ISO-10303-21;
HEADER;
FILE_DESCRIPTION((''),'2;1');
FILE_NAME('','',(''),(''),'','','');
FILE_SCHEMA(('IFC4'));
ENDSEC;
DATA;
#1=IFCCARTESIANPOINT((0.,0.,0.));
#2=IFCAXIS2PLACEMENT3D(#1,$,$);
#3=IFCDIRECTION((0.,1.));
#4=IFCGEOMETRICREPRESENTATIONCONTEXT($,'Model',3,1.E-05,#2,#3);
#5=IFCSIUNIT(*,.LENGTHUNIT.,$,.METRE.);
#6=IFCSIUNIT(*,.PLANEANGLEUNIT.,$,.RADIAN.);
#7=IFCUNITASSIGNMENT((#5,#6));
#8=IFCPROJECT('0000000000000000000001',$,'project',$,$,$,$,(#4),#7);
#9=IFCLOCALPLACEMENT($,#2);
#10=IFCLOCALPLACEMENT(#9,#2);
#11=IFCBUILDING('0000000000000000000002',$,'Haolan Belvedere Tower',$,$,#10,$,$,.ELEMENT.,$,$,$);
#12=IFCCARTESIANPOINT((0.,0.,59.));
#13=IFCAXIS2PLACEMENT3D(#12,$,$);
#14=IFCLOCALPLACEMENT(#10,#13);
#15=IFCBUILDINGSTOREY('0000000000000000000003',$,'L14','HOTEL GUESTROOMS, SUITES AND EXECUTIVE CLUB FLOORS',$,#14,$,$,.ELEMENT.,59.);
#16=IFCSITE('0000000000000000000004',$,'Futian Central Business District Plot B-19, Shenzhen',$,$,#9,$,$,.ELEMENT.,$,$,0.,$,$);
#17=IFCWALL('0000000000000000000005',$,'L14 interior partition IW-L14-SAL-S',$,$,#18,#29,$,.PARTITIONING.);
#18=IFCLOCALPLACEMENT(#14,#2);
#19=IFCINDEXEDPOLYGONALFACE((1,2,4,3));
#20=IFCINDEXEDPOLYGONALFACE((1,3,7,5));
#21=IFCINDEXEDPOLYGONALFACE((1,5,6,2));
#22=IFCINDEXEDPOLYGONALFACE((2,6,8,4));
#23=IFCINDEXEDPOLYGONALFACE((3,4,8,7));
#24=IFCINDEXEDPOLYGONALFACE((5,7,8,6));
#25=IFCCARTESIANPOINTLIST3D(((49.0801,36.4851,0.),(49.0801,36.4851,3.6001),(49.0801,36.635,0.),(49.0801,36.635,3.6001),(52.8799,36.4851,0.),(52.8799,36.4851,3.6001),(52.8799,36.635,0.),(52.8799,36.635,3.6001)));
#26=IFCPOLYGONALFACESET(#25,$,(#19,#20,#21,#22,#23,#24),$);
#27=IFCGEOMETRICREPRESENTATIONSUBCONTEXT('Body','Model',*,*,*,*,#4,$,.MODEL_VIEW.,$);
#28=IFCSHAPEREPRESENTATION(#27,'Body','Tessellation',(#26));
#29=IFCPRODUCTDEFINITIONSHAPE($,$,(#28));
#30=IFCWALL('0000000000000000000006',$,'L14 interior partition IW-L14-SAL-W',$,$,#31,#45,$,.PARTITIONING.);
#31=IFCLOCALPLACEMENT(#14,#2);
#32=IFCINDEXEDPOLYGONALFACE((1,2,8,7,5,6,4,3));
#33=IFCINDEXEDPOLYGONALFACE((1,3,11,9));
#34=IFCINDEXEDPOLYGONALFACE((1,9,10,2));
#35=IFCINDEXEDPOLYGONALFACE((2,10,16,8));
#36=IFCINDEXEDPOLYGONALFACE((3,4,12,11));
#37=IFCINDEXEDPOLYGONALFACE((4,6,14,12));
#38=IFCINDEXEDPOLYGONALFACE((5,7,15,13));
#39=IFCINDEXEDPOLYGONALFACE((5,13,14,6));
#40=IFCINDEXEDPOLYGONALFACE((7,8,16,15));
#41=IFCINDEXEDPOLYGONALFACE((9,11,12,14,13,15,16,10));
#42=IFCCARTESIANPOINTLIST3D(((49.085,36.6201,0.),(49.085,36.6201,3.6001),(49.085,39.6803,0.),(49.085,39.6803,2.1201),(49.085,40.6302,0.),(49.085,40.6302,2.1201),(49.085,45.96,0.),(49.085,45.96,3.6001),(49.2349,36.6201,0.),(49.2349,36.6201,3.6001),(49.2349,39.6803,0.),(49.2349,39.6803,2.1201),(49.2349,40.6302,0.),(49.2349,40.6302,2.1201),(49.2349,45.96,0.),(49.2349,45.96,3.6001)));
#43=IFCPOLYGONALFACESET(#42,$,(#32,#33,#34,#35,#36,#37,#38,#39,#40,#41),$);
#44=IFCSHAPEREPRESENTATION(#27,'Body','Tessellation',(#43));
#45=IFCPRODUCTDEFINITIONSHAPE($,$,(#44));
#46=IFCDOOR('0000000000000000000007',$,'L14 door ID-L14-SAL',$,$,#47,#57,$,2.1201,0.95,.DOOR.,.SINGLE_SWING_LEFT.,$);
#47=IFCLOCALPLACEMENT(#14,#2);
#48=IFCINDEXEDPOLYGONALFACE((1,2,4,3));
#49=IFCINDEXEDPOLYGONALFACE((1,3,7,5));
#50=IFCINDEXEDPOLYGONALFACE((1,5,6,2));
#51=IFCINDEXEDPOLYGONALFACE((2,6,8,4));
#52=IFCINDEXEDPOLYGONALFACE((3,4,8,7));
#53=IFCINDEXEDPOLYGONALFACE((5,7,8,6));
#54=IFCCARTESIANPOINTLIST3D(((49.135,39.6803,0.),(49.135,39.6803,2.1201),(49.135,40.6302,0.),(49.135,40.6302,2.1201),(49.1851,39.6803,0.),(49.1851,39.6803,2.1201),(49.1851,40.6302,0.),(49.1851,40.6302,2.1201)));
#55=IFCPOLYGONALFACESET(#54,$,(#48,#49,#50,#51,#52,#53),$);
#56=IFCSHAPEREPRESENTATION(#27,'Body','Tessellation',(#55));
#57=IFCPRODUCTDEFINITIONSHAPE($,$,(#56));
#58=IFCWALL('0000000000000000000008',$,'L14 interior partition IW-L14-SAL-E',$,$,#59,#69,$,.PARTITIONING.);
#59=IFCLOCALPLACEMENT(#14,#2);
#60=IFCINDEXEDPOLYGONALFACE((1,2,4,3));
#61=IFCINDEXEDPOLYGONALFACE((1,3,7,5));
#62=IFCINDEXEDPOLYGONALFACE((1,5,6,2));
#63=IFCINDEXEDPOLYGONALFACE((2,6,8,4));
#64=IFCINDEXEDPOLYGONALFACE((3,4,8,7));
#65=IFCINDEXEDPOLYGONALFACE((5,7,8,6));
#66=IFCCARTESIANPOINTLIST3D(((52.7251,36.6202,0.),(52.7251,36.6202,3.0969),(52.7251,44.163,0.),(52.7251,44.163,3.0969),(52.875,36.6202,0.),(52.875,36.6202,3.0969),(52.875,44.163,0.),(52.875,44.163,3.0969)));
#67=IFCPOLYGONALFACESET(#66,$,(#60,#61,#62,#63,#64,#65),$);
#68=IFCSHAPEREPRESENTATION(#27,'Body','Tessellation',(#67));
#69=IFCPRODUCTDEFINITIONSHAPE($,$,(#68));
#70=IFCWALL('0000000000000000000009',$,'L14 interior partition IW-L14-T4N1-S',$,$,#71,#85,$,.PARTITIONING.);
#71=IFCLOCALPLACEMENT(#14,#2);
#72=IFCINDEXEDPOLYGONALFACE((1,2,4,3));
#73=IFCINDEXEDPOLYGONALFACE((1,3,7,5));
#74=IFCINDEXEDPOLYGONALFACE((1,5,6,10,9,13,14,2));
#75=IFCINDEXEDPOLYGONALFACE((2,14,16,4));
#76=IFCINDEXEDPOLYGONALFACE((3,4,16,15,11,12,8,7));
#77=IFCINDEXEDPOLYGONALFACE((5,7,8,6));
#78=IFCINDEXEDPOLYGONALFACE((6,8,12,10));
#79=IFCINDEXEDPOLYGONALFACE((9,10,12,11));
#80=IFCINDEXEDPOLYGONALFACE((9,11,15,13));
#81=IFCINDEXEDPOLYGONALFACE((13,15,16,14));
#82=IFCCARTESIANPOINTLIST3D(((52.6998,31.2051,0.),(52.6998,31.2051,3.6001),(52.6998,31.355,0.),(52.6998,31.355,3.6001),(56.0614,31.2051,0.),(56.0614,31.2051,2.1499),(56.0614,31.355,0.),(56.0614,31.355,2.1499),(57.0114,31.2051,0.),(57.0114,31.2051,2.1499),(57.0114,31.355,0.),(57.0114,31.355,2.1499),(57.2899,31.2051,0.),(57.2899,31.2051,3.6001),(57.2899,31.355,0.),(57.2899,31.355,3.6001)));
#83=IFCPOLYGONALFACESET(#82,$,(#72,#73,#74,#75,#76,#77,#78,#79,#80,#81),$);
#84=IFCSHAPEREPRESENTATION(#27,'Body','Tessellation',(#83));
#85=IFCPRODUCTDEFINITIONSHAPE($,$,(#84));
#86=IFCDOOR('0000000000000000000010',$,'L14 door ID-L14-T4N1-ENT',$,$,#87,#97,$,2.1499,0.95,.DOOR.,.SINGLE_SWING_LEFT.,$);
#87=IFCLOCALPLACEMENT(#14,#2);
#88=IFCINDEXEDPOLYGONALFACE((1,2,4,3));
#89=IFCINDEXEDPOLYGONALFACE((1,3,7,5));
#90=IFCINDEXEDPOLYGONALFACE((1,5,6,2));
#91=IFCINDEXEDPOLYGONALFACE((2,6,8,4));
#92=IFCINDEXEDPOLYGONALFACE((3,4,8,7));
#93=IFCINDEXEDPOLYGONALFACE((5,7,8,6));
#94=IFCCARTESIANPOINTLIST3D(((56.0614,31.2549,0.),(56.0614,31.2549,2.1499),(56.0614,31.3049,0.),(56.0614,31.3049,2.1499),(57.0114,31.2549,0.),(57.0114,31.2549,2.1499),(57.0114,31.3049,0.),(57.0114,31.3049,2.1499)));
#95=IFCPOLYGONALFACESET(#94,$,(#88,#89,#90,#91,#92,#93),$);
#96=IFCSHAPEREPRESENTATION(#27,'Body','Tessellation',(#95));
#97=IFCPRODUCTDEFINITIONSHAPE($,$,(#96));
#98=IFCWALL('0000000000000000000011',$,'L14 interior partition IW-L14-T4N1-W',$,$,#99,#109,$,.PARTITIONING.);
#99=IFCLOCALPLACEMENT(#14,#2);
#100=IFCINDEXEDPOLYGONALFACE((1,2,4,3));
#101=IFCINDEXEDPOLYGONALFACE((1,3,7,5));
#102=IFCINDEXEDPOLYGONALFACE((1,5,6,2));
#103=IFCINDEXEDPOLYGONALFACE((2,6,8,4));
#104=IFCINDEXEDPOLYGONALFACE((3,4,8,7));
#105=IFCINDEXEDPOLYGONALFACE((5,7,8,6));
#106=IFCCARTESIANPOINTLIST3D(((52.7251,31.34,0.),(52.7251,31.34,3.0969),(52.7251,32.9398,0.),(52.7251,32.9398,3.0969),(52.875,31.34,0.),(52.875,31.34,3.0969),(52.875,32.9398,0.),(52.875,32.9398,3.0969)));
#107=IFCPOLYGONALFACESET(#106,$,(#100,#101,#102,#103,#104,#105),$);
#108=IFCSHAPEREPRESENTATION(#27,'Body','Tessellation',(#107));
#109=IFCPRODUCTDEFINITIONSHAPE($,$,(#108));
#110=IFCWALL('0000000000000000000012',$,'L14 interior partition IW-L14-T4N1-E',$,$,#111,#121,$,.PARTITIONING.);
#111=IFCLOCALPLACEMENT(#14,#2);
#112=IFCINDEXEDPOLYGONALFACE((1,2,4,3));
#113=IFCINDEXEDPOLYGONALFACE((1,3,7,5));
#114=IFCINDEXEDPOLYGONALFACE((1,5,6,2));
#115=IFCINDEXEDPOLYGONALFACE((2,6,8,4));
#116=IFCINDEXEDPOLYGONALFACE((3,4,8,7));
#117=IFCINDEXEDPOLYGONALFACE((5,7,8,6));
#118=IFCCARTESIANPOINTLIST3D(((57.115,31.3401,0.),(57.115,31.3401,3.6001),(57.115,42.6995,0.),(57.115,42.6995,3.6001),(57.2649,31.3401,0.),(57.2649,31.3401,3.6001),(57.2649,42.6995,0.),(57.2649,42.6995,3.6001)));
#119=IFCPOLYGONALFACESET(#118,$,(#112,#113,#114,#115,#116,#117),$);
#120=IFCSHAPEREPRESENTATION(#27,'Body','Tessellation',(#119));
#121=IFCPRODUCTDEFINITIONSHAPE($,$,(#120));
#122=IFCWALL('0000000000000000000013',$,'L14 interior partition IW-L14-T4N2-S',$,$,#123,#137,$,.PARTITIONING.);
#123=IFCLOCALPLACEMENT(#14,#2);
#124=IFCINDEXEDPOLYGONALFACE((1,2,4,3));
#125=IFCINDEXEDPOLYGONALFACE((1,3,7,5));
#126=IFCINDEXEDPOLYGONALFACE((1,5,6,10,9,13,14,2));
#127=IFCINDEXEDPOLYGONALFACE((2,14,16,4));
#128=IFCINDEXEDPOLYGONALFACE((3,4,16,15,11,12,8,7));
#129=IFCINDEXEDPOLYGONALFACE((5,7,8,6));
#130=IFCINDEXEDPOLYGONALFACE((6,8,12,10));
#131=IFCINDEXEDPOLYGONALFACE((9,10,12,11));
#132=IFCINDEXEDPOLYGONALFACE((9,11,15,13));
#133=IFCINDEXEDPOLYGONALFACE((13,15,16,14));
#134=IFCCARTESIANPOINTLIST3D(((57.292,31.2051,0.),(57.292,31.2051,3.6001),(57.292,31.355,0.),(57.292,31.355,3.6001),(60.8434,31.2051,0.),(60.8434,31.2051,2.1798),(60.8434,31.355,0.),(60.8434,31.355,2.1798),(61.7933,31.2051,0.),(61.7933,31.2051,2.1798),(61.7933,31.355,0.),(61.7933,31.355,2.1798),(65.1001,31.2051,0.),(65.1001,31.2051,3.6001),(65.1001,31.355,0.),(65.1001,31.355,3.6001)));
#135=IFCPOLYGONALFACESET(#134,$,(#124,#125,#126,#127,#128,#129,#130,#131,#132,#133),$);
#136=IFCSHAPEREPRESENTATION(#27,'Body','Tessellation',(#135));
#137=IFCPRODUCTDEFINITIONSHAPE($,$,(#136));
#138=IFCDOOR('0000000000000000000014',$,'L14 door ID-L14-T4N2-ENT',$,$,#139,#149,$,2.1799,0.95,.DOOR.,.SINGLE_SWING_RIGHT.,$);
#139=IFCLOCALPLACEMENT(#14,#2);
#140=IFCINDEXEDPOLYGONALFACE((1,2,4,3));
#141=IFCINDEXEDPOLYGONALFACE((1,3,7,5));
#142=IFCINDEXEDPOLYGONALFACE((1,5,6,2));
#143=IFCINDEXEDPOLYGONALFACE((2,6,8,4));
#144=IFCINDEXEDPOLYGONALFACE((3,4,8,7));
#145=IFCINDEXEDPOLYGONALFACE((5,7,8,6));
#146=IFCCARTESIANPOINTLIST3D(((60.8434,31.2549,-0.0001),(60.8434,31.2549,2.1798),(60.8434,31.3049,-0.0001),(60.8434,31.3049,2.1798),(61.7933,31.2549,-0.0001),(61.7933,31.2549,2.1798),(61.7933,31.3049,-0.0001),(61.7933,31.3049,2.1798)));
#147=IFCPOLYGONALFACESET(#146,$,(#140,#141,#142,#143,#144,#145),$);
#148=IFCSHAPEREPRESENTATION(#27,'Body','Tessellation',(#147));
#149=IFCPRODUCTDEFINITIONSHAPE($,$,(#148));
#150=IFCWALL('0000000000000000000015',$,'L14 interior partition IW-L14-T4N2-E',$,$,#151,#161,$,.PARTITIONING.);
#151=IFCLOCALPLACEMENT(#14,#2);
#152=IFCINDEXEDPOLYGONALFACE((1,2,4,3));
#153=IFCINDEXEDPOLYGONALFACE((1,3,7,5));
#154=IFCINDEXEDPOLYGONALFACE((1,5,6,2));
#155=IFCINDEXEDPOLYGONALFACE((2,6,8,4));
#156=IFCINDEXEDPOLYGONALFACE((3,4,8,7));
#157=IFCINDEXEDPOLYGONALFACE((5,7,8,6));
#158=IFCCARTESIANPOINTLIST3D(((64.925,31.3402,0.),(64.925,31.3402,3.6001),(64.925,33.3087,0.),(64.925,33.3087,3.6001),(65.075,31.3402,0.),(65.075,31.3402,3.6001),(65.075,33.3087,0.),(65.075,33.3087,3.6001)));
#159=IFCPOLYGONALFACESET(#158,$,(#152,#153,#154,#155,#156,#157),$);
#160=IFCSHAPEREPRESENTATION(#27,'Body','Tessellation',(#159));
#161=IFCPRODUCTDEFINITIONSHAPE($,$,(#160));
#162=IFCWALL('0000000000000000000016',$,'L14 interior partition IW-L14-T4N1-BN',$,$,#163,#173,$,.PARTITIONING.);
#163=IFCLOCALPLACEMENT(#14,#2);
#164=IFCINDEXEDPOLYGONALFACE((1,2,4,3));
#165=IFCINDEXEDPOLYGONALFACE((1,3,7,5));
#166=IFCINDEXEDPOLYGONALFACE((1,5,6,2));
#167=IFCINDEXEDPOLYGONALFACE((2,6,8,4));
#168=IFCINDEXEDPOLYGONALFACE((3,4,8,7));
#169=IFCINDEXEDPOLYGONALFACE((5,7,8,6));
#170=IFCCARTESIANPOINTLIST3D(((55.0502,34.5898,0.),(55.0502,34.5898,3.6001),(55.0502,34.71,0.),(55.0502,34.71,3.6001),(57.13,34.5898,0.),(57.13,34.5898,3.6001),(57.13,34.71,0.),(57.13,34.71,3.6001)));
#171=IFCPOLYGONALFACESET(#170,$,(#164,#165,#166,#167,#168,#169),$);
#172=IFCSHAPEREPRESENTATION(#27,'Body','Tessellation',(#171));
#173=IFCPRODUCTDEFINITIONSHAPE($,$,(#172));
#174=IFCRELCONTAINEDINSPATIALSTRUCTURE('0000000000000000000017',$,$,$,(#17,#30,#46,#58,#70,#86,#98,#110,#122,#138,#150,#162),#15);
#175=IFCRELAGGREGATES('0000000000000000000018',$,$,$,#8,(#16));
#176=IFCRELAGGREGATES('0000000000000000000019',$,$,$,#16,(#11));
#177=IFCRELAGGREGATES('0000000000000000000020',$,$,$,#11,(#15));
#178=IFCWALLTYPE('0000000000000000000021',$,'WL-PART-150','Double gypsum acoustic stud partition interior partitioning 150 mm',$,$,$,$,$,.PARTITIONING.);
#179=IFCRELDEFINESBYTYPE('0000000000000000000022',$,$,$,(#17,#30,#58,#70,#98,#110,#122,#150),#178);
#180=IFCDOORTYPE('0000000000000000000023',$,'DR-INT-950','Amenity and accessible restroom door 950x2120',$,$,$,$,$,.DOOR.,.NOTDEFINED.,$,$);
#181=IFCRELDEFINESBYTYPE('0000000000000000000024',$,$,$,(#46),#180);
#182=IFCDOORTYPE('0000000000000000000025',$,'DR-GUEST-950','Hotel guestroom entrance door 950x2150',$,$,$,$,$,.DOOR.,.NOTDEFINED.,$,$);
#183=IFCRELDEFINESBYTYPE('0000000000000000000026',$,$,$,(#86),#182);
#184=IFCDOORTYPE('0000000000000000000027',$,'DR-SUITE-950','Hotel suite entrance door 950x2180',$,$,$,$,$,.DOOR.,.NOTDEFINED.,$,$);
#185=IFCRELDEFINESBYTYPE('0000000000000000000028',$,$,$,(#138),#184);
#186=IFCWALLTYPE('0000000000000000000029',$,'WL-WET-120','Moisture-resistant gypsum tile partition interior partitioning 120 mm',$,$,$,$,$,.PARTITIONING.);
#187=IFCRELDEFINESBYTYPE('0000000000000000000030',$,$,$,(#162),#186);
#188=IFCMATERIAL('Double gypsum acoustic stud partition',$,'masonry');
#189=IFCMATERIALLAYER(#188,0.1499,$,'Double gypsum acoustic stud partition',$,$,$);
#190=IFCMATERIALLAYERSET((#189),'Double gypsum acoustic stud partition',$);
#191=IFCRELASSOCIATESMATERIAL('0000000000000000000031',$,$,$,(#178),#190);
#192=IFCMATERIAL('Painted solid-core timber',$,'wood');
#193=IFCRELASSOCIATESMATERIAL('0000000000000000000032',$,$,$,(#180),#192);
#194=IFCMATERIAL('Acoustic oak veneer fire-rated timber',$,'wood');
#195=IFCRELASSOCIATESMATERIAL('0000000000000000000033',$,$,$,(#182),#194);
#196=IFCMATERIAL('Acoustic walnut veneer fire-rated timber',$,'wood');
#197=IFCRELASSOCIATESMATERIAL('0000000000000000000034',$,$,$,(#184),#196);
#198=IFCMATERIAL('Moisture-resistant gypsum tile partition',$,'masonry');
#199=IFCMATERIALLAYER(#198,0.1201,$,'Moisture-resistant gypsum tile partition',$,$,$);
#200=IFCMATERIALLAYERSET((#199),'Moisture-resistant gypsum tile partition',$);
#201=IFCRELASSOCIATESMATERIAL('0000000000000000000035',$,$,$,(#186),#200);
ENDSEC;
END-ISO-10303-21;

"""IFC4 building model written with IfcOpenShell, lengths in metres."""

from ifc_helpers import new_model, si_unit, direction, frame, frame_2d, origin, place, context, subcontext, project, spatial, rectangle, extrude, material, layer, layer_set, type_object, element, fill, save


model = new_model("IFC4")

# Units and contexts
model_context = context("Model", 3, precision=1e-05, world=origin(), true_north=direction((0.0, 1.0)))
body_context = subcontext(model_context, "Body", "Model", "MODEL_VIEW")
ifc_project = project(units=[si_unit("LENGTHUNIT", "METRE"), si_unit("PLANEANGLEUNIT", "RADIAN")], contexts=[model_context])

# Site, building, storey
site_placement = place(None, origin())
site = spatial("IfcSite", under=ifc_project, at=site_placement, Name="Futian Central Business District Plot B-19, Shenzhen", CompositionType="ELEMENT", RefElevation=0.0)
building_placement = place(site_placement, origin())
building = spatial("IfcBuilding", under=site, at=building_placement, Name="Haolan Belvedere Tower", CompositionType="ELEMENT")
storey_placement = place(building_placement, frame((0.0, 0.0, 59.0)))
storey = spatial("IfcBuildingStorey", under=building, at=storey_placement, Name="L14", Description="HOTEL GUESTROOMS, SUITES AND EXECUTIVE CLUB FLOORS", CompositionType="ELEMENT", Elevation=59.0)

# Shared definitions
ifc_material_1 = material(Name="Double gypsum acoustic stud partition", Category="masonry")
ifc_layer_1 = layer(ifc_material_1, 0.1499, Name="Double gypsum acoustic stud partition")
ifc_layer_set_1 = layer_set([ifc_layer_1], Name="Double gypsum acoustic stud partition")
wall_type_1 = type_object("IfcWallType", Name="WL-PART-150", Description="Double gypsum acoustic stud partition interior partitioning 150 mm", PredefinedType="PARTITIONING", material=ifc_layer_set_1)

# Shared definitions
ifc_material_2 = material(Name="Painted solid-core timber", Category="wood")
door_type_1 = type_object("IfcDoorType", Name="DR-INT-950", Description="Amenity and accessible restroom door 950x2120", OperationType="NOTDEFINED", PredefinedType="DOOR", material=ifc_material_2)

# Wall
wall_1_placement = place(storey_placement, frame((49.0801, 36.5601, 0.0), z_axis=(0.0, 0.0, 1.0), x_axis=(1.0, 0.0, 0.0)))
element("IfcWall", 1, at=wall_1_placement, inside=storey, type_object=wall_type_1, Name="L14 interior partition IW-L14-SAL-S", PredefinedType="PARTITIONING", context=body_context, shape_type="SweptSolid", body=[
    extrude(rectangle(XDim=3.7998, YDim=0.1499, at=frame_2d((1.8999, 0.0))), origin(), (0.0, 0.0, 1.0), 3.6001),
])

# Wall, opening, door
wall_2_placement = place(storey_placement, frame((49.1599, 36.6201, 0.0), z_axis=(0.0, 0.0, 1.0), x_axis=(0.0, 1.0, 0.0)))
wall_2 = element("IfcWall", 2, at=wall_2_placement, inside=storey, type_object=wall_type_1, Name="L14 interior partition IW-L14-SAL-W", PredefinedType="PARTITIONING", context=body_context, shape_type="SweptSolid", body=[
    extrude(rectangle(XDim=9.3398, YDim=0.1499, at=frame_2d((4.6699, 0.0))), origin(), (0.0, 0.0, 1.0), 3.6001),
])
opening_1_placement = place(wall_2_placement, frame((3.0601, 0.0, 0.0)))
opening_1 = element("IfcOpeningElement", 3, at=opening_1_placement, cuts=wall_2, PredefinedType="OPENING", context=body_context, shape_type="SweptSolid", body=[
    extrude(rectangle(XDim=0.95, YDim=2.1201, at=frame_2d((0.4751, 1.0601))), frame((0.0, 0.085, 0.0), z_axis=(0.0, -1.0, 0.0), x_axis=(1.0, 0.0, 0.0)), (0.0, 0.0, 1.0), 0.1699),
])
door_1_placement = place(opening_1_placement, origin())
door_1 = element("IfcDoor", 4, at=door_1_placement, inside=storey, type_object=door_type_1, Name="L14 door ID-L14-SAL", OperationType="SINGLE_SWING_LEFT", OverallHeight=2.1201, OverallWidth=0.95, PredefinedType="DOOR", context=body_context, shape_type="SweptSolid", body=[
    extrude(rectangle(XDim=0.95, YDim=2.1201, at=frame_2d((0.4751, 1.0601))), frame((0.0, 0.0249, 0.0), z_axis=(0.0, -1.0, 0.0), x_axis=(1.0, 0.0, 0.0)), (0.0, 0.0, 1.0), 0.05),
])
fill(opening_1, door_1)

# Wall
wall_3_placement = place(storey_placement, frame((52.8, 36.6201, 0.0), z_axis=(0.0, 0.0, 1.0), x_axis=(0.0, 1.0, 0.0)))
element("IfcWall", 5, at=wall_3_placement, inside=storey, type_object=wall_type_1, Name="L14 interior partition IW-L14-SAL-E", PredefinedType="PARTITIONING", context=body_context, shape_type="SweptSolid", body=[
    extrude(rectangle(XDim=7.5427, YDim=0.1499, at=frame_2d((3.7715, 0.0))), origin(), (0.0, 0.0, 1.0), 3.0969),
])

# Wall, opening, door
wall_4_placement = place(storey_placement, frame((52.7, 31.28, 0.0), z_axis=(0.0, 0.0, 1.0), x_axis=(1.0, 0.0, 0.0)))
wall_4 = element("IfcWall", 6, at=wall_4_placement, inside=storey, type_object=wall_type_1, Name="L14 interior partition IW-L14-T4N1-S", PredefinedType="PARTITIONING", context=body_context, shape_type="SweptSolid", body=[
    extrude(rectangle(XDim=4.5901, YDim=0.1499, at=frame_2d((2.2949, 0.0))), origin(), (0.0, 0.0, 1.0), 3.6001),
])
opening_2_placement = place(wall_4_placement, frame((3.3613, 0.0, 0.0)))
opening_2 = element("IfcOpeningElement", 7, at=opening_2_placement, cuts=wall_4, PredefinedType="OPENING", context=body_context, shape_type="SweptSolid", body=[
    extrude(rectangle(XDim=0.95, YDim=2.1499, at=frame_2d((0.4751, 1.075))), frame((0.0, 0.085, 0.0), z_axis=(0.0, -1.0, 0.0), x_axis=(1.0, 0.0, 0.0)), (0.0, 0.0, 1.0), 0.1699),
])
ifc_material_3 = material(Name="Acoustic oak veneer fire-rated timber", Category="wood")
door_type_2 = type_object("IfcDoorType", Name="DR-GUEST-950", Description="Hotel guestroom entrance door 950x2150", OperationType="NOTDEFINED", PredefinedType="DOOR", material=ifc_material_3)
door_2_placement = place(opening_2_placement, origin())
door_2 = element("IfcDoor", 8, at=door_2_placement, inside=storey, type_object=door_type_2, Name="L14 door ID-L14-T4N1-ENT", OperationType="SINGLE_SWING_LEFT", OverallHeight=2.1499, OverallWidth=0.95, PredefinedType="DOOR", context=body_context, shape_type="SweptSolid", body=[
    extrude(rectangle(XDim=0.95, YDim=2.1499, at=frame_2d((0.4751, 1.075))), frame((0.0, 0.0249, 0.0), z_axis=(0.0, -1.0, 0.0), x_axis=(1.0, 0.0, 0.0)), (0.0, 0.0, 1.0), 0.05),
])
fill(opening_2, door_2)

# Walls
wall_5_placement = place(storey_placement, frame((52.8, 31.3401, 0.0), z_axis=(0.0, 0.0, 1.0), x_axis=(0.0, 1.0, 0.0)))
element("IfcWall", 9, at=wall_5_placement, inside=storey, type_object=wall_type_1, Name="L14 interior partition IW-L14-T4N1-W", PredefinedType="PARTITIONING", context=body_context, shape_type="SweptSolid", body=[
    extrude(rectangle(XDim=1.5999, YDim=0.1499, at=frame_2d((0.7998, 0.0))), origin(), (0.0, 0.0, 1.0), 3.0969),
])
wall_6_placement = place(storey_placement, frame((57.1899, 31.3401, 0.0), z_axis=(0.0, 0.0, 1.0), x_axis=(0.0, 1.0, 0.0)))
element("IfcWall", 10, at=wall_6_placement, inside=storey, type_object=wall_type_1, Name="L14 interior partition IW-L14-T4N1-E", PredefinedType="PARTITIONING", context=body_context, shape_type="SweptSolid", body=[
    extrude(rectangle(XDim=11.3594, YDim=0.1499, at=frame_2d((5.6797, 0.0))), origin(), (0.0, 0.0, 1.0), 3.6001),
])

# Wall, opening, door
wall_7_placement = place(storey_placement, frame((57.292, 31.28, 0.0), z_axis=(0.0, 0.0, 1.0), x_axis=(1.0, 0.0, 0.0)))
wall_7 = element("IfcWall", 11, at=wall_7_placement, inside=storey, type_object=wall_type_1, Name="L14 interior partition IW-L14-T4N2-S", PredefinedType="PARTITIONING", context=body_context, shape_type="SweptSolid", body=[
    extrude(rectangle(XDim=7.8081, YDim=0.1499, at=frame_2d((3.9041, 0.0))), origin(), (0.0, 0.0, 1.0), 3.6001),
])
opening_3_placement = place(wall_7_placement, frame((3.5513, 0.0, 0.0)))
opening_3 = element("IfcOpeningElement", 12, at=opening_3_placement, cuts=wall_7, PredefinedType="OPENING", context=body_context, shape_type="SweptSolid", body=[
    extrude(rectangle(XDim=0.95, YDim=2.1799, at=frame_2d((0.4751, 1.0898))), frame((0.0, 0.085, 0.0), z_axis=(0.0, -1.0, 0.0), x_axis=(1.0, 0.0, 0.0)), (0.0, 0.0, 1.0), 0.1699),
])
ifc_material_4 = material(Name="Acoustic walnut veneer fire-rated timber", Category="wood")
door_type_3 = type_object("IfcDoorType", Name="DR-SUITE-950", Description="Hotel suite entrance door 950x2180", OperationType="NOTDEFINED", PredefinedType="DOOR", material=ifc_material_4)
door_3_placement = place(opening_3_placement, origin())
door_3 = element("IfcDoor", 13, at=door_3_placement, inside=storey, type_object=door_type_3, Name="L14 door ID-L14-T4N2-ENT", OperationType="SINGLE_SWING_RIGHT", OverallHeight=2.1799, OverallWidth=0.95, PredefinedType="DOOR", context=body_context, shape_type="SweptSolid", body=[
    extrude(rectangle(XDim=0.95, YDim=2.1799, at=frame_2d((0.4751, 1.0898))), frame((0.0, 0.0249, 0.0), z_axis=(0.0, -1.0, 0.0), x_axis=(1.0, 0.0, 0.0)), (0.0, 0.0, 1.0), 0.05),
])
fill(opening_3, door_3)

# Walls
wall_8_placement = place(storey_placement, frame((65.0, 31.3401, 0.0), z_axis=(0.0, 0.0, 1.0), x_axis=(0.0, 1.0, 0.0)))
element("IfcWall", 14, at=wall_8_placement, inside=storey, type_object=wall_type_1, Name="L14 interior partition IW-L14-T4N2-E", PredefinedType="PARTITIONING", context=body_context, shape_type="SweptSolid", body=[
    extrude(rectangle(XDim=1.9685, YDim=0.1499, at=frame_2d((0.9844, 0.0))), origin(), (0.0, 0.0, 1.0), 3.6001),
])
ifc_material_5 = material(Name="Moisture-resistant gypsum tile partition", Category="masonry")
ifc_layer_2 = layer(ifc_material_5, 0.1201, Name="Moisture-resistant gypsum tile partition")
ifc_layer_set_2 = layer_set([ifc_layer_2], Name="Moisture-resistant gypsum tile partition")
wall_type_2 = type_object("IfcWallType", Name="WL-WET-120", Description="Moisture-resistant gypsum tile partition interior partitioning 120 mm", PredefinedType="PARTITIONING", material=ifc_layer_set_2)
for number, where, z_axis, x_axis, name in (
    (15, (55.05, 34.6499, 0.0), (0.0, 0.0, 1.0), (1.0, 0.0, 0.0), "L14 interior partition IW-L14-T4N1-BN"),
):
    element("IfcWall", number, at=place(storey_placement, frame(where, z_axis=z_axis, x_axis=x_axis)), inside=storey, type_object=wall_type_2, Name=name, PredefinedType="PARTITIONING", context=body_context, shape_type="SweptSolid", body=[
        extrude(rectangle(XDim=2.0798, YDim=0.1201, at=frame_2d((1.04, 0.0))), origin(), (0.0, 0.0, 1.0), 3.6001),
    ])

save(model, "model.ifc")
